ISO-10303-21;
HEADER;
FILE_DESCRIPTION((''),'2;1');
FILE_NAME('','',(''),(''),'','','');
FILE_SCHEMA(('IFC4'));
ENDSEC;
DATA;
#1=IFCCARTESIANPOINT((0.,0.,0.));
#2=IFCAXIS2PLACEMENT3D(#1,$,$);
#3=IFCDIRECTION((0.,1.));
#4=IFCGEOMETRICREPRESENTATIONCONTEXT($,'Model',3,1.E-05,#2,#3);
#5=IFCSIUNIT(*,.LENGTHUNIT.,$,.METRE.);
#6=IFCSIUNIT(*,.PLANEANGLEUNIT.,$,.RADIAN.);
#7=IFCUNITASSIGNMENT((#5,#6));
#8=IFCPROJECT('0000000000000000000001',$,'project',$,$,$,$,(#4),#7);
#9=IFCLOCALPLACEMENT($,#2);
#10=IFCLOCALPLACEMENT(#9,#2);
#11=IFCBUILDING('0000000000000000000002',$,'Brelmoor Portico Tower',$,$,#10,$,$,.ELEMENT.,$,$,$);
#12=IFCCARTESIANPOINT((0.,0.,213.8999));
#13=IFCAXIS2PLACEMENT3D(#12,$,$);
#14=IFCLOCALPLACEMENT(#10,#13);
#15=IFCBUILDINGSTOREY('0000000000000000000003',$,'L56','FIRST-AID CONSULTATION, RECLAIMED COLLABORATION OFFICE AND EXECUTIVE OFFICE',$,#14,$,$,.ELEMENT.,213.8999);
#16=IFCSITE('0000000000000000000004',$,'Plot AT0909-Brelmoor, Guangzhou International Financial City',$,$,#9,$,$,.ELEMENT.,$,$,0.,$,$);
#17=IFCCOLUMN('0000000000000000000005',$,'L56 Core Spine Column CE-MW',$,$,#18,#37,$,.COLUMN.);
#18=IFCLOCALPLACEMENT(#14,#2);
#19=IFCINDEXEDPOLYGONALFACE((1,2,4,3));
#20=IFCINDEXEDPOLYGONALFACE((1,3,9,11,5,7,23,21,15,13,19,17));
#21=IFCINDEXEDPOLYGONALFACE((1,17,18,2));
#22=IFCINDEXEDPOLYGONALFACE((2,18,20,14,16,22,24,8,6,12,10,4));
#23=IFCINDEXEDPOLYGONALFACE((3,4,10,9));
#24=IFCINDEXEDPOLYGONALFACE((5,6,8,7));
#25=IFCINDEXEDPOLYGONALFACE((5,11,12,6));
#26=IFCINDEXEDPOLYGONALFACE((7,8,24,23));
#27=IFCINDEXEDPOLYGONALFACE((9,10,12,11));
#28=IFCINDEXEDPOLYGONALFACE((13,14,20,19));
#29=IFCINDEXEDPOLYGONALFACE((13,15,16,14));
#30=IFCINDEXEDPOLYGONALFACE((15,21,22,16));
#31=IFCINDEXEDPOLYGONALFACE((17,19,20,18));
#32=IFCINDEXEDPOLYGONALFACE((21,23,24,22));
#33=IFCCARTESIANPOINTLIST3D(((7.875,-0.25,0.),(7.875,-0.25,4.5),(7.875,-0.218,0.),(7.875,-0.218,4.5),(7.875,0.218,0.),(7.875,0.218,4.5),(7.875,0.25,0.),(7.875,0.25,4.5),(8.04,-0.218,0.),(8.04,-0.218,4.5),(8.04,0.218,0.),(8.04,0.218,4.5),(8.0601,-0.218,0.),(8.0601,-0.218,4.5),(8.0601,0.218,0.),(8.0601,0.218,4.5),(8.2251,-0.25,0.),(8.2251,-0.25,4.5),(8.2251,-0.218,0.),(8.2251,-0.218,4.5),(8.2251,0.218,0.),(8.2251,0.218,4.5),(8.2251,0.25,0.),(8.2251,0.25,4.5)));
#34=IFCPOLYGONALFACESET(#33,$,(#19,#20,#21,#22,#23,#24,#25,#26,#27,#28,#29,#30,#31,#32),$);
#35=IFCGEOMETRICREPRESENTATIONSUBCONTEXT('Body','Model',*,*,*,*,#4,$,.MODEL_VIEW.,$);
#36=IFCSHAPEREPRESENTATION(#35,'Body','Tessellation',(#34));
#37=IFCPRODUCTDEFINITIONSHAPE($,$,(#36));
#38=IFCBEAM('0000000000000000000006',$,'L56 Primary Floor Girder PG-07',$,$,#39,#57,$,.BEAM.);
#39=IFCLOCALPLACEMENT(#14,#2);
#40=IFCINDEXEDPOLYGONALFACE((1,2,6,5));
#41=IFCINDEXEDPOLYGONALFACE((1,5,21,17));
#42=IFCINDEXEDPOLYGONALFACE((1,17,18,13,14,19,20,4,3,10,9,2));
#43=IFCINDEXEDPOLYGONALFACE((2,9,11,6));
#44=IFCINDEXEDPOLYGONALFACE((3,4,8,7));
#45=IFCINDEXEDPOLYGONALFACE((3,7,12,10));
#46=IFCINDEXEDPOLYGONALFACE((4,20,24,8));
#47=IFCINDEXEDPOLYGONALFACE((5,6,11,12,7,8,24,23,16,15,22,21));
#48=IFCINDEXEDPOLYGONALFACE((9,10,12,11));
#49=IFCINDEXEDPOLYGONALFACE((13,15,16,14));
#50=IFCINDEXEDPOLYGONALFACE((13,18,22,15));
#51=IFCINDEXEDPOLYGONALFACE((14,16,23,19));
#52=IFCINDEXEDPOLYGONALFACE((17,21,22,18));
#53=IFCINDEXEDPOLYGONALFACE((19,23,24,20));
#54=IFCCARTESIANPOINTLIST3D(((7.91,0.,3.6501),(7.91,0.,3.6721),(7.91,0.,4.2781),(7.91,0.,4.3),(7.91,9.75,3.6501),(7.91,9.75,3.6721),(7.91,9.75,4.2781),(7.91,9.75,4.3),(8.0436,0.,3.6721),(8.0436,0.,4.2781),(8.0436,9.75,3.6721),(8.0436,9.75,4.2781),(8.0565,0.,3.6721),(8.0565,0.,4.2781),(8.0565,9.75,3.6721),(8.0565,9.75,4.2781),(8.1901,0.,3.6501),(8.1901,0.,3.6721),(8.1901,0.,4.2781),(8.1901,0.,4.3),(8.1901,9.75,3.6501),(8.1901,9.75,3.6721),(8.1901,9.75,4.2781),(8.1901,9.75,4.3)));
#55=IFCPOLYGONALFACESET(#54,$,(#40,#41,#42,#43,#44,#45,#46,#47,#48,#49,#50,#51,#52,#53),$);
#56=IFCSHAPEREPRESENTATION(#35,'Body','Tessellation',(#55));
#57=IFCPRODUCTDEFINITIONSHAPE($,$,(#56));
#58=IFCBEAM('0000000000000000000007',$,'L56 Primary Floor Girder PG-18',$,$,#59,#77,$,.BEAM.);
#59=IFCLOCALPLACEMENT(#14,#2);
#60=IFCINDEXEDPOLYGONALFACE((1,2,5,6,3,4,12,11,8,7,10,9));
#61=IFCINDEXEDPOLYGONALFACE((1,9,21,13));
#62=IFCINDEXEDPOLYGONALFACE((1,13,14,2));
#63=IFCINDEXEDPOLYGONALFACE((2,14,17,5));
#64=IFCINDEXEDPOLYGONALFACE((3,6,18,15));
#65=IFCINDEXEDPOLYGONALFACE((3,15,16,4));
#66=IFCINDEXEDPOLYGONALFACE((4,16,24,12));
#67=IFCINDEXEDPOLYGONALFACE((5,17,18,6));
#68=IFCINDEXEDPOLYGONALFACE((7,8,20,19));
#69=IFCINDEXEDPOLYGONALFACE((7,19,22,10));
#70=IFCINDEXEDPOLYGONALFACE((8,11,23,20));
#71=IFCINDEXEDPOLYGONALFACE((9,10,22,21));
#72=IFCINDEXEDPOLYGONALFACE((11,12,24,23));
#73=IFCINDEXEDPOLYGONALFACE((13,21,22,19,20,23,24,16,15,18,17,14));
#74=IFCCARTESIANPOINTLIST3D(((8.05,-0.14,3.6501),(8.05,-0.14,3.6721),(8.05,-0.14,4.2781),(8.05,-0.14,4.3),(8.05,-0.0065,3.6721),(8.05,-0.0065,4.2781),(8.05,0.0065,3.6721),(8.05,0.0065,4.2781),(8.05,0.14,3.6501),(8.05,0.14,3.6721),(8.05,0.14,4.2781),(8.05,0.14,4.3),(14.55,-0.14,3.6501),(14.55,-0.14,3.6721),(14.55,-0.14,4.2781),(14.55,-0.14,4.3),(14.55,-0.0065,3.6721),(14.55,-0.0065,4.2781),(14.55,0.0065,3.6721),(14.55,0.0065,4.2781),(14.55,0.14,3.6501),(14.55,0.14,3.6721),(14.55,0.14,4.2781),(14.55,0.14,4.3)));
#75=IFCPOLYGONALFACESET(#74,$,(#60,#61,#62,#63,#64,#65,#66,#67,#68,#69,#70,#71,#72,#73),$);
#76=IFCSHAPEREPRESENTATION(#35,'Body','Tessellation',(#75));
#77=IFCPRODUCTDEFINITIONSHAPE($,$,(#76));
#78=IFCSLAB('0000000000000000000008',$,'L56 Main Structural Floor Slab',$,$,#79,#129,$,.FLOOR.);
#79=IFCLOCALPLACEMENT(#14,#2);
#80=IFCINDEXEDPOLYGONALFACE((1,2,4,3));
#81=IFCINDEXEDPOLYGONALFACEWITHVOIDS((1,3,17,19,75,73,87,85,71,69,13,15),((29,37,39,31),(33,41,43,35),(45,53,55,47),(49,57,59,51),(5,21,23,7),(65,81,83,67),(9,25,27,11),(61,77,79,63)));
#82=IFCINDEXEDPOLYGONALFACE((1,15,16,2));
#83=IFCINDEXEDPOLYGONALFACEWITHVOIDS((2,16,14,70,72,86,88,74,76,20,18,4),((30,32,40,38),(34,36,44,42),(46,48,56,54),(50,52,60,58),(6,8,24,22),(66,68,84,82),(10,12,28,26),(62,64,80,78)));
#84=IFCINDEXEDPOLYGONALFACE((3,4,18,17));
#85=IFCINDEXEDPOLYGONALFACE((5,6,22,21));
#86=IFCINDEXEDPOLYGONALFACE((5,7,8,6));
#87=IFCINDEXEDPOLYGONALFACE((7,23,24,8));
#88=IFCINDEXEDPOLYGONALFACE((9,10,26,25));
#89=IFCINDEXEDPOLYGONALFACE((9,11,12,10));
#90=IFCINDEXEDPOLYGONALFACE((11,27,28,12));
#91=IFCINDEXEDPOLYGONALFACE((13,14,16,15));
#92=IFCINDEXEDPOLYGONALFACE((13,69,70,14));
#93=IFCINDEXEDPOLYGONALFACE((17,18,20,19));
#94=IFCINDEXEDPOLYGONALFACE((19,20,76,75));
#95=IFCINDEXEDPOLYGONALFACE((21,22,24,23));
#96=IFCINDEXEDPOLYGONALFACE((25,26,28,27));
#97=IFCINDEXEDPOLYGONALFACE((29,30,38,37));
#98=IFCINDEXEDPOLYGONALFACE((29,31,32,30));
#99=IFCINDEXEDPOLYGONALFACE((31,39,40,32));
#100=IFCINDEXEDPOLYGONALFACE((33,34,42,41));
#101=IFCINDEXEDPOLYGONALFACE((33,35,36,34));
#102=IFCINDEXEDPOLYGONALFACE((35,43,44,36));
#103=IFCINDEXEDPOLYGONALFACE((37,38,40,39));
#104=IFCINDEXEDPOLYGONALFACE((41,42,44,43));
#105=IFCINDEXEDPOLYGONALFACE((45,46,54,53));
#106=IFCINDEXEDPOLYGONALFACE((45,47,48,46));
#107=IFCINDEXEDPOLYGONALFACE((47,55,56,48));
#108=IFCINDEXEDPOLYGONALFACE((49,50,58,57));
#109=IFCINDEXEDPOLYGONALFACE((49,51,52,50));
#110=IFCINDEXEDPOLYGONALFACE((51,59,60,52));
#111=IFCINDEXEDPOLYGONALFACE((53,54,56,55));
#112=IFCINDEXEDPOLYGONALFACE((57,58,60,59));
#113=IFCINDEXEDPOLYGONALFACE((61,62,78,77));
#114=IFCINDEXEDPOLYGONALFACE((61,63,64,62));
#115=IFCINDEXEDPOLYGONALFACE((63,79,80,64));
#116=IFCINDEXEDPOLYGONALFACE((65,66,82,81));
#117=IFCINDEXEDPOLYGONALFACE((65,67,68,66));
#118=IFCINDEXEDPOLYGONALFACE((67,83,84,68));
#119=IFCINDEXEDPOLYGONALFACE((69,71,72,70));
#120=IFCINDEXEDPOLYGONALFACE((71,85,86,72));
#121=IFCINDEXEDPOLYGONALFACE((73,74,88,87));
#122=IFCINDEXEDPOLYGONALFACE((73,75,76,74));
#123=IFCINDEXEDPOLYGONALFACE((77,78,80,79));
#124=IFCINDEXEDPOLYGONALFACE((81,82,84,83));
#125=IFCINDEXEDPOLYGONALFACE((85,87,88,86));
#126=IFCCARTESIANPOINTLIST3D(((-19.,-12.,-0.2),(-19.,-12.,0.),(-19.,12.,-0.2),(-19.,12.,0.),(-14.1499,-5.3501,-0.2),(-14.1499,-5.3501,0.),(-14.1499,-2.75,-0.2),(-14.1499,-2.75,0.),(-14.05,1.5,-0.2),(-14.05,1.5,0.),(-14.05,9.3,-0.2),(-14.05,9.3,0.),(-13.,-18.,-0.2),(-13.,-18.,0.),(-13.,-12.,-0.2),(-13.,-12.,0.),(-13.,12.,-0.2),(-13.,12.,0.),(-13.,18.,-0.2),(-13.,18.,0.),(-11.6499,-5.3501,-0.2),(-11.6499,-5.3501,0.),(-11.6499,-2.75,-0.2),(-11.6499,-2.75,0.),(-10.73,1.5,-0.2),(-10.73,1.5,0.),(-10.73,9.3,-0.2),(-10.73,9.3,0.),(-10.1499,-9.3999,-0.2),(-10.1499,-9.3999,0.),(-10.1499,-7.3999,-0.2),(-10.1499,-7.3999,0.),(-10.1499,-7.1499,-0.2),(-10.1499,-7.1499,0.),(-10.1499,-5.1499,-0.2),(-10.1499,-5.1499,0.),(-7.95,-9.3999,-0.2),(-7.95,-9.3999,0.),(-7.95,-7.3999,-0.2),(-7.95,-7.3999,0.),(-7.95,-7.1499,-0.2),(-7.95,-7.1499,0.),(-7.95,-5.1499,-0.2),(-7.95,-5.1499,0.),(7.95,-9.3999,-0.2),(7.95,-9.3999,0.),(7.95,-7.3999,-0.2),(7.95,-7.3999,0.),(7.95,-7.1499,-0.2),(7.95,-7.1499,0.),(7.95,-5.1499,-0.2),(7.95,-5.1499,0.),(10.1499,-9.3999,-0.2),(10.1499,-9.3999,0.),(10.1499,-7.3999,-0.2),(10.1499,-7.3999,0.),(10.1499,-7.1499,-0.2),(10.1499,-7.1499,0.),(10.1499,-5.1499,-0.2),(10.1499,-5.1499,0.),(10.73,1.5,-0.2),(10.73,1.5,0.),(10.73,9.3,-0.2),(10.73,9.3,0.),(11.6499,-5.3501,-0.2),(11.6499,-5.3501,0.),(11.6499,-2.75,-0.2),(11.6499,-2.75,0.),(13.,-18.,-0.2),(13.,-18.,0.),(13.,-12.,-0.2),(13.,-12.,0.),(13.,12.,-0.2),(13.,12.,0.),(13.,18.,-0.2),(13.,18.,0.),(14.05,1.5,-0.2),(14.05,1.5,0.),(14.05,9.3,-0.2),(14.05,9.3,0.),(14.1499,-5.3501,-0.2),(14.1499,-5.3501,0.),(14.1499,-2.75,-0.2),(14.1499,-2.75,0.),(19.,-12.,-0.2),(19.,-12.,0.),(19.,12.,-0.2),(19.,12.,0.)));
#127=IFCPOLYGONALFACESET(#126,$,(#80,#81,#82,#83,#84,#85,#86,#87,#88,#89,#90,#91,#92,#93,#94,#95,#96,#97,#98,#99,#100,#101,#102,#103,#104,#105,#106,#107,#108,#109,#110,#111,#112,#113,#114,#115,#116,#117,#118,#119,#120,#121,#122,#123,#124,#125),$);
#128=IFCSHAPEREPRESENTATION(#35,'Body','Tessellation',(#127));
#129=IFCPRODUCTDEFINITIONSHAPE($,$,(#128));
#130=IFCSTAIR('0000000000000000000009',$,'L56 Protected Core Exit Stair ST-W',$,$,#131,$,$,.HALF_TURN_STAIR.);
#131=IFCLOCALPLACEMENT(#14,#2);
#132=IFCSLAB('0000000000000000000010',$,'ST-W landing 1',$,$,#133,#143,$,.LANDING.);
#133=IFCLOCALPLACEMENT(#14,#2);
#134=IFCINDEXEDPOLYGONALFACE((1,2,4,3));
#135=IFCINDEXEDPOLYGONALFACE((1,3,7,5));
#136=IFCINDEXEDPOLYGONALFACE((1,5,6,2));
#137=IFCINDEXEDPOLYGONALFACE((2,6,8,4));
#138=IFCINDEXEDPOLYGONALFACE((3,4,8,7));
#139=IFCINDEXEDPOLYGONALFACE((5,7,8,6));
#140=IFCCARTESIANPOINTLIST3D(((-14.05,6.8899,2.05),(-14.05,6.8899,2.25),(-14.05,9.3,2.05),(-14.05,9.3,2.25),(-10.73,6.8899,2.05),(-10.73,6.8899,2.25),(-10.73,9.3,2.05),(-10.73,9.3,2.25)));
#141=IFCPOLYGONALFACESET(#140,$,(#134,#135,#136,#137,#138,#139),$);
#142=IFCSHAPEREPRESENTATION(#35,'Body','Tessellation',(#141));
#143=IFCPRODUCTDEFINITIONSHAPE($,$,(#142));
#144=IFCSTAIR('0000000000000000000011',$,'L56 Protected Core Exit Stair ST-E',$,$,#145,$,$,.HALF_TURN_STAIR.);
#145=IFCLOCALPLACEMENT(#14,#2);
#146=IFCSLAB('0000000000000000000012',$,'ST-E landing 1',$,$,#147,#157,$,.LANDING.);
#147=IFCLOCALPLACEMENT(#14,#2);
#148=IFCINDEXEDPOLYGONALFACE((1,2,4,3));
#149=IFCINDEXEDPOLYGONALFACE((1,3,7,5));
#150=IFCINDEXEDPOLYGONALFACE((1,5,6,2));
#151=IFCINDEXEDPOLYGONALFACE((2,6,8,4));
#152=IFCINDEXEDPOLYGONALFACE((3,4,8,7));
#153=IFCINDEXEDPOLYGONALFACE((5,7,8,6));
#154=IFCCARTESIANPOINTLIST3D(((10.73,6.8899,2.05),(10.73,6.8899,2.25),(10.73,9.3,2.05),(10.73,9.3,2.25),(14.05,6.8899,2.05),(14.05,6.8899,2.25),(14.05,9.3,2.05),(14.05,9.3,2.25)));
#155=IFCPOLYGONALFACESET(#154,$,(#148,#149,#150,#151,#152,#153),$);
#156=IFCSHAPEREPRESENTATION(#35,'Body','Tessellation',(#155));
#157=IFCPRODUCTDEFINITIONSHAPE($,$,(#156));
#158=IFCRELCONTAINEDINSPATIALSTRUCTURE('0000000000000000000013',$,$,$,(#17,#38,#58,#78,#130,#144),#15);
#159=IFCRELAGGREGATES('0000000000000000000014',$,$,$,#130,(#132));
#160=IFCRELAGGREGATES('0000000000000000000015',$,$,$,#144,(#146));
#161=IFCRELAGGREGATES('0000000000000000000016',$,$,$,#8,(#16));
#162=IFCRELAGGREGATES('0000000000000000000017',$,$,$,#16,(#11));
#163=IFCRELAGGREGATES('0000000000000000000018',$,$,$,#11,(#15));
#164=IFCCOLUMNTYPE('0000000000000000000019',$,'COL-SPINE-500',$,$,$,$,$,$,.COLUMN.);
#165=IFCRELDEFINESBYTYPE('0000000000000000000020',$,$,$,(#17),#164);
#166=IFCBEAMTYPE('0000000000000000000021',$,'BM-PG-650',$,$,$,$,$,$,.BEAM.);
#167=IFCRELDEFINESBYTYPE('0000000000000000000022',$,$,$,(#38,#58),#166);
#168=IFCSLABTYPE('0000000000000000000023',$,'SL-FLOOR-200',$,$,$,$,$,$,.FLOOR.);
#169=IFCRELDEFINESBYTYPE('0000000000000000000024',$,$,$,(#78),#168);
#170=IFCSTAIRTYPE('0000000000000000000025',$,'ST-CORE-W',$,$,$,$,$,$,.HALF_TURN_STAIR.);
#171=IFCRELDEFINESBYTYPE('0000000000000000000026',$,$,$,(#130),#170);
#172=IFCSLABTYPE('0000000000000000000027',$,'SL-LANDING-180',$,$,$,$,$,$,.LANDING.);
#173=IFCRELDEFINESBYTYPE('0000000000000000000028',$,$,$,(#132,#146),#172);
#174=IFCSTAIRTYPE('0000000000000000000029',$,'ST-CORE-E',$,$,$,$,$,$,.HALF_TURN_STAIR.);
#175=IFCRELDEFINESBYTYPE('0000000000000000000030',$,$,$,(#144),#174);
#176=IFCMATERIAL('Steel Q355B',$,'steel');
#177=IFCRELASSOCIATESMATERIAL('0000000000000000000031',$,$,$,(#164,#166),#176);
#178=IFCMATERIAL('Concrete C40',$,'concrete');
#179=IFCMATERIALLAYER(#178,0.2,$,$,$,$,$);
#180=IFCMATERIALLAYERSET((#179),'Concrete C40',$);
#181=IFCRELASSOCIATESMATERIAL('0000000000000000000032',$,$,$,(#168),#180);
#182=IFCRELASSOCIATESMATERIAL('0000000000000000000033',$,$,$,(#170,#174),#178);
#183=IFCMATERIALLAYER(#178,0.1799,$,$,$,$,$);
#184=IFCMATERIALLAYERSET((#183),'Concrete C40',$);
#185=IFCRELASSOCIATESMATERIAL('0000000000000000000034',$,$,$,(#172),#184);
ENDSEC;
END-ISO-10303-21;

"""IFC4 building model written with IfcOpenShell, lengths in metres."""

from ifc_helpers import new_model, si_unit, direction, frame, origin, origin_2d, place, context, subcontext, project, spatial, polyline, i_section, outline, extrude, material, layer, layer_set, material_profile, profile_set, type_object, element, aggregate, save


model = new_model("IFC4")

# Units and contexts
model_context = context("Model", 3, precision=1e-05, world=origin(), true_north=direction((0.0, 1.0)))
body_context = subcontext(model_context, "Body", "Model", "MODEL_VIEW")
ifc_project = project(units=[si_unit("LENGTHUNIT", "METRE"), si_unit("PLANEANGLEUNIT", "RADIAN")], contexts=[model_context])

# Site, building, storey
site_placement = place(None, origin())
site = spatial("IfcSite", under=ifc_project, at=site_placement, Name="Plot AT0909-Brelmoor, Guangzhou International Financial City", CompositionType="ELEMENT", RefElevation=0.0)
building_placement = place(site_placement, origin())
building = spatial("IfcBuilding", under=site, at=building_placement, Name="Brelmoor Portico Tower", CompositionType="ELEMENT")
storey_placement = place(building_placement, frame((0.0, 0.0, 213.8999)))
storey = spatial("IfcBuildingStorey", under=building, at=storey_placement, Name="L56", Description="FIRST-AID CONSULTATION, RECLAIMED COLLABORATION OFFICE AND EXECUTIVE OFFICE", CompositionType="ELEMENT", Elevation=213.8999)

# Column
ifc_material_1 = material(Name="Steel Q355B", Category="steel")
ifc_material_profile_1 = material_profile(ifc_material_1, i_section(OverallWidth=0.3501, OverallDepth=0.5, WebThickness=0.02, FlangeThickness=0.032, at=origin_2d()), Name="HW 500x350x20x32")
ifc_profile_set_1 = profile_set([ifc_material_profile_1], Name="Steel Q355B")
column_type = type_object("IfcColumnType", Name="COL-SPINE-500", PredefinedType="COLUMN", material=ifc_profile_set_1)
column_placement = place(storey_placement, frame((8.05, 0.0, 0.0), z_axis=(0.0, 0.0, 1.0), x_axis=(1.0, 0.0, 0.0)))
element("IfcColumn", 1, at=column_placement, inside=storey, type_object=column_type, Name="L56 Core Spine Column CE-MW", PredefinedType="COLUMN", context=body_context, shape_type="SweptSolid", body=[
    extrude(i_section(OverallWidth=0.3501, OverallDepth=0.5, WebThickness=0.02, FlangeThickness=0.032, at=origin_2d()), origin(), (0.0, 0.0, 1.0), 4.5),
])

# Beams
ifc_material_profile_2 = material_profile(ifc_material_1, i_section(OverallWidth=0.28, OverallDepth=0.6499, WebThickness=0.0129, FlangeThickness=0.022, at=origin_2d()), Name="HN 650x280x13x22")
ifc_profile_set_2 = profile_set([ifc_material_profile_2], Name="Steel Q355B")
beam_type = type_object("IfcBeamType", Name="BM-PG-650", PredefinedType="BEAM", material=ifc_profile_set_2)
beam_1_placement = place(storey_placement, frame((8.05, 0.0, 3.9751), z_axis=(0.0, 1.0, 0.0), x_axis=(-1.0, 0.0, 0.0)))
element("IfcBeam", 2, at=beam_1_placement, inside=storey, type_object=beam_type, Name="L56 Primary Floor Girder PG-07", PredefinedType="BEAM", context=body_context, shape_type="SweptSolid", body=[
    extrude(i_section(OverallWidth=0.28, OverallDepth=0.6499, WebThickness=0.0129, FlangeThickness=0.022, at=origin_2d()), origin(), (0.0, 0.0, 1.0), 9.75),
])
beam_2_placement = place(storey_placement, frame((8.05, 0.0, 3.9751), z_axis=(1.0, 0.0, 0.0), x_axis=(0.0, 1.0, 0.0)))
element("IfcBeam", 3, at=beam_2_placement, inside=storey, type_object=beam_type, Name="L56 Primary Floor Girder PG-18", PredefinedType="BEAM", context=body_context, shape_type="SweptSolid", body=[
    extrude(i_section(OverallWidth=0.28, OverallDepth=0.6499, WebThickness=0.0129, FlangeThickness=0.022, at=origin_2d()), origin(), (0.0, 0.0, 1.0), 6.5),
])

# Slab
ifc_material_2 = material(Name="Concrete C40", Category="concrete")
ifc_layer_1 = layer(ifc_material_2, 0.2)
ifc_layer_set_1 = layer_set([ifc_layer_1], Name="Concrete C40")
slab_type_1 = type_object("IfcSlabType", Name="SL-FLOOR-200", PredefinedType="FLOOR", material=ifc_layer_set_1)
slab_1_placement = place(storey_placement, frame((0.0, 0.0, -0.2)))
element("IfcSlab", 4, at=slab_1_placement, inside=storey, type_object=slab_type_1, Name="L56 Main Structural Floor Slab", PredefinedType="FLOOR", context=body_context, shape_type="SweptSolid", body=[
    extrude(outline(polyline([(-13.0, -18.0), (13.0, -18.0), (13.0, -12.0), (19.0, -12.0), (19.0, 12.0), (13.0, 12.0), (13.0, 18.0), (-13.0, 18.0), (-13.0, 12.0), (-19.0, 12.0), (-19.0, -12.0), (-13.0, -12.0), (-13.0, -18.0)]), holes=[polyline([(-10.73, 1.5), (-10.73, 9.3), (-14.05, 9.3), (-14.05, 1.5), (-10.73, 1.5)]), polyline([(14.05, 1.5), (14.05, 9.3), (10.73, 9.3), (10.73, 1.5), (14.05, 1.5)]), polyline([(-10.1499, -9.3999), (-7.95, -9.3999), (-7.95, -7.3999), (-10.1499, -7.3999), (-10.1499, -9.3999)]), polyline([(-10.1499, -7.1499), (-7.95, -7.1499), (-7.95, -5.1499), (-10.1499, -5.1499), (-10.1499, -7.1499)]), polyline([(7.95, -9.3999), (10.1499, -9.3999), (10.1499, -7.3999), (7.95, -7.3999), (7.95, -9.3999)]), polyline([(7.95, -7.1499), (10.1499, -7.1499), (10.1499, -5.1499), (7.95, -5.1499), (7.95, -7.1499)]), polyline([(-14.1499, -5.3501), (-11.6499, -5.3501), (-11.6499, -2.75), (-14.1499, -2.75), (-14.1499, -5.3501)]), polyline([(11.6499, -5.3501), (14.1499, -5.3501), (14.1499, -2.75), (11.6499, -2.75), (11.6499, -5.3501)])]), origin(), (0.0, 0.0, 1.0), 0.2),
])

# Stairs, slabs
stair_type_1 = type_object("IfcStairType", Name="ST-CORE-W", PredefinedType="HALF_TURN_STAIR", material=ifc_material_2)
stair_1_placement = place(storey_placement, origin())
stair_1 = element("IfcStair", 5, at=stair_1_placement, inside=storey, type_object=stair_type_1, Name="L56 Protected Core Exit Stair ST-W", PredefinedType="HALF_TURN_STAIR")
ifc_layer_2 = layer(ifc_material_2, 0.1799)
ifc_layer_set_2 = layer_set([ifc_layer_2], Name="Concrete C40")
slab_type_2 = type_object("IfcSlabType", Name="SL-LANDING-180", PredefinedType="LANDING", material=ifc_layer_set_2)
slab_2_placement = place(storey_placement, frame((0.0, 0.0, 2.05)))
slab_2 = element("IfcSlab", 6, at=slab_2_placement, type_object=slab_type_2, Name="ST-W landing 1", PredefinedType="LANDING", context=body_context, shape_type="SweptSolid", body=[
    extrude(outline(polyline([(-10.73, 6.8899), (-10.73, 9.3), (-14.05, 9.3), (-14.05, 6.8899), (-10.73, 6.8899)])), origin(), (0.0, 0.0, 1.0), 0.2),
])
aggregate(stair_1, [slab_2])
stair_type_2 = type_object("IfcStairType", Name="ST-CORE-E", PredefinedType="HALF_TURN_STAIR", material=ifc_material_2)
stair_2_placement = place(storey_placement, origin())
stair_2 = element("IfcStair", 7, at=stair_2_placement, inside=storey, type_object=stair_type_2, Name="L56 Protected Core Exit Stair ST-E", PredefinedType="HALF_TURN_STAIR")
slab_3_placement = place(storey_placement, frame((0.0, 0.0, 2.05)))
slab_3 = element("IfcSlab", 8, at=slab_3_placement, type_object=slab_type_2, Name="ST-E landing 1", PredefinedType="LANDING", context=body_context, shape_type="SweptSolid", body=[
    extrude(outline(polyline([(14.05, 6.8899), (14.05, 9.3), (10.73, 9.3), (10.73, 6.8899), (14.05, 6.8899)])), origin(), (0.0, 0.0, 1.0), 0.2),
])

aggregate(stair_2, [slab_3])

save(model, "model.ifc")
